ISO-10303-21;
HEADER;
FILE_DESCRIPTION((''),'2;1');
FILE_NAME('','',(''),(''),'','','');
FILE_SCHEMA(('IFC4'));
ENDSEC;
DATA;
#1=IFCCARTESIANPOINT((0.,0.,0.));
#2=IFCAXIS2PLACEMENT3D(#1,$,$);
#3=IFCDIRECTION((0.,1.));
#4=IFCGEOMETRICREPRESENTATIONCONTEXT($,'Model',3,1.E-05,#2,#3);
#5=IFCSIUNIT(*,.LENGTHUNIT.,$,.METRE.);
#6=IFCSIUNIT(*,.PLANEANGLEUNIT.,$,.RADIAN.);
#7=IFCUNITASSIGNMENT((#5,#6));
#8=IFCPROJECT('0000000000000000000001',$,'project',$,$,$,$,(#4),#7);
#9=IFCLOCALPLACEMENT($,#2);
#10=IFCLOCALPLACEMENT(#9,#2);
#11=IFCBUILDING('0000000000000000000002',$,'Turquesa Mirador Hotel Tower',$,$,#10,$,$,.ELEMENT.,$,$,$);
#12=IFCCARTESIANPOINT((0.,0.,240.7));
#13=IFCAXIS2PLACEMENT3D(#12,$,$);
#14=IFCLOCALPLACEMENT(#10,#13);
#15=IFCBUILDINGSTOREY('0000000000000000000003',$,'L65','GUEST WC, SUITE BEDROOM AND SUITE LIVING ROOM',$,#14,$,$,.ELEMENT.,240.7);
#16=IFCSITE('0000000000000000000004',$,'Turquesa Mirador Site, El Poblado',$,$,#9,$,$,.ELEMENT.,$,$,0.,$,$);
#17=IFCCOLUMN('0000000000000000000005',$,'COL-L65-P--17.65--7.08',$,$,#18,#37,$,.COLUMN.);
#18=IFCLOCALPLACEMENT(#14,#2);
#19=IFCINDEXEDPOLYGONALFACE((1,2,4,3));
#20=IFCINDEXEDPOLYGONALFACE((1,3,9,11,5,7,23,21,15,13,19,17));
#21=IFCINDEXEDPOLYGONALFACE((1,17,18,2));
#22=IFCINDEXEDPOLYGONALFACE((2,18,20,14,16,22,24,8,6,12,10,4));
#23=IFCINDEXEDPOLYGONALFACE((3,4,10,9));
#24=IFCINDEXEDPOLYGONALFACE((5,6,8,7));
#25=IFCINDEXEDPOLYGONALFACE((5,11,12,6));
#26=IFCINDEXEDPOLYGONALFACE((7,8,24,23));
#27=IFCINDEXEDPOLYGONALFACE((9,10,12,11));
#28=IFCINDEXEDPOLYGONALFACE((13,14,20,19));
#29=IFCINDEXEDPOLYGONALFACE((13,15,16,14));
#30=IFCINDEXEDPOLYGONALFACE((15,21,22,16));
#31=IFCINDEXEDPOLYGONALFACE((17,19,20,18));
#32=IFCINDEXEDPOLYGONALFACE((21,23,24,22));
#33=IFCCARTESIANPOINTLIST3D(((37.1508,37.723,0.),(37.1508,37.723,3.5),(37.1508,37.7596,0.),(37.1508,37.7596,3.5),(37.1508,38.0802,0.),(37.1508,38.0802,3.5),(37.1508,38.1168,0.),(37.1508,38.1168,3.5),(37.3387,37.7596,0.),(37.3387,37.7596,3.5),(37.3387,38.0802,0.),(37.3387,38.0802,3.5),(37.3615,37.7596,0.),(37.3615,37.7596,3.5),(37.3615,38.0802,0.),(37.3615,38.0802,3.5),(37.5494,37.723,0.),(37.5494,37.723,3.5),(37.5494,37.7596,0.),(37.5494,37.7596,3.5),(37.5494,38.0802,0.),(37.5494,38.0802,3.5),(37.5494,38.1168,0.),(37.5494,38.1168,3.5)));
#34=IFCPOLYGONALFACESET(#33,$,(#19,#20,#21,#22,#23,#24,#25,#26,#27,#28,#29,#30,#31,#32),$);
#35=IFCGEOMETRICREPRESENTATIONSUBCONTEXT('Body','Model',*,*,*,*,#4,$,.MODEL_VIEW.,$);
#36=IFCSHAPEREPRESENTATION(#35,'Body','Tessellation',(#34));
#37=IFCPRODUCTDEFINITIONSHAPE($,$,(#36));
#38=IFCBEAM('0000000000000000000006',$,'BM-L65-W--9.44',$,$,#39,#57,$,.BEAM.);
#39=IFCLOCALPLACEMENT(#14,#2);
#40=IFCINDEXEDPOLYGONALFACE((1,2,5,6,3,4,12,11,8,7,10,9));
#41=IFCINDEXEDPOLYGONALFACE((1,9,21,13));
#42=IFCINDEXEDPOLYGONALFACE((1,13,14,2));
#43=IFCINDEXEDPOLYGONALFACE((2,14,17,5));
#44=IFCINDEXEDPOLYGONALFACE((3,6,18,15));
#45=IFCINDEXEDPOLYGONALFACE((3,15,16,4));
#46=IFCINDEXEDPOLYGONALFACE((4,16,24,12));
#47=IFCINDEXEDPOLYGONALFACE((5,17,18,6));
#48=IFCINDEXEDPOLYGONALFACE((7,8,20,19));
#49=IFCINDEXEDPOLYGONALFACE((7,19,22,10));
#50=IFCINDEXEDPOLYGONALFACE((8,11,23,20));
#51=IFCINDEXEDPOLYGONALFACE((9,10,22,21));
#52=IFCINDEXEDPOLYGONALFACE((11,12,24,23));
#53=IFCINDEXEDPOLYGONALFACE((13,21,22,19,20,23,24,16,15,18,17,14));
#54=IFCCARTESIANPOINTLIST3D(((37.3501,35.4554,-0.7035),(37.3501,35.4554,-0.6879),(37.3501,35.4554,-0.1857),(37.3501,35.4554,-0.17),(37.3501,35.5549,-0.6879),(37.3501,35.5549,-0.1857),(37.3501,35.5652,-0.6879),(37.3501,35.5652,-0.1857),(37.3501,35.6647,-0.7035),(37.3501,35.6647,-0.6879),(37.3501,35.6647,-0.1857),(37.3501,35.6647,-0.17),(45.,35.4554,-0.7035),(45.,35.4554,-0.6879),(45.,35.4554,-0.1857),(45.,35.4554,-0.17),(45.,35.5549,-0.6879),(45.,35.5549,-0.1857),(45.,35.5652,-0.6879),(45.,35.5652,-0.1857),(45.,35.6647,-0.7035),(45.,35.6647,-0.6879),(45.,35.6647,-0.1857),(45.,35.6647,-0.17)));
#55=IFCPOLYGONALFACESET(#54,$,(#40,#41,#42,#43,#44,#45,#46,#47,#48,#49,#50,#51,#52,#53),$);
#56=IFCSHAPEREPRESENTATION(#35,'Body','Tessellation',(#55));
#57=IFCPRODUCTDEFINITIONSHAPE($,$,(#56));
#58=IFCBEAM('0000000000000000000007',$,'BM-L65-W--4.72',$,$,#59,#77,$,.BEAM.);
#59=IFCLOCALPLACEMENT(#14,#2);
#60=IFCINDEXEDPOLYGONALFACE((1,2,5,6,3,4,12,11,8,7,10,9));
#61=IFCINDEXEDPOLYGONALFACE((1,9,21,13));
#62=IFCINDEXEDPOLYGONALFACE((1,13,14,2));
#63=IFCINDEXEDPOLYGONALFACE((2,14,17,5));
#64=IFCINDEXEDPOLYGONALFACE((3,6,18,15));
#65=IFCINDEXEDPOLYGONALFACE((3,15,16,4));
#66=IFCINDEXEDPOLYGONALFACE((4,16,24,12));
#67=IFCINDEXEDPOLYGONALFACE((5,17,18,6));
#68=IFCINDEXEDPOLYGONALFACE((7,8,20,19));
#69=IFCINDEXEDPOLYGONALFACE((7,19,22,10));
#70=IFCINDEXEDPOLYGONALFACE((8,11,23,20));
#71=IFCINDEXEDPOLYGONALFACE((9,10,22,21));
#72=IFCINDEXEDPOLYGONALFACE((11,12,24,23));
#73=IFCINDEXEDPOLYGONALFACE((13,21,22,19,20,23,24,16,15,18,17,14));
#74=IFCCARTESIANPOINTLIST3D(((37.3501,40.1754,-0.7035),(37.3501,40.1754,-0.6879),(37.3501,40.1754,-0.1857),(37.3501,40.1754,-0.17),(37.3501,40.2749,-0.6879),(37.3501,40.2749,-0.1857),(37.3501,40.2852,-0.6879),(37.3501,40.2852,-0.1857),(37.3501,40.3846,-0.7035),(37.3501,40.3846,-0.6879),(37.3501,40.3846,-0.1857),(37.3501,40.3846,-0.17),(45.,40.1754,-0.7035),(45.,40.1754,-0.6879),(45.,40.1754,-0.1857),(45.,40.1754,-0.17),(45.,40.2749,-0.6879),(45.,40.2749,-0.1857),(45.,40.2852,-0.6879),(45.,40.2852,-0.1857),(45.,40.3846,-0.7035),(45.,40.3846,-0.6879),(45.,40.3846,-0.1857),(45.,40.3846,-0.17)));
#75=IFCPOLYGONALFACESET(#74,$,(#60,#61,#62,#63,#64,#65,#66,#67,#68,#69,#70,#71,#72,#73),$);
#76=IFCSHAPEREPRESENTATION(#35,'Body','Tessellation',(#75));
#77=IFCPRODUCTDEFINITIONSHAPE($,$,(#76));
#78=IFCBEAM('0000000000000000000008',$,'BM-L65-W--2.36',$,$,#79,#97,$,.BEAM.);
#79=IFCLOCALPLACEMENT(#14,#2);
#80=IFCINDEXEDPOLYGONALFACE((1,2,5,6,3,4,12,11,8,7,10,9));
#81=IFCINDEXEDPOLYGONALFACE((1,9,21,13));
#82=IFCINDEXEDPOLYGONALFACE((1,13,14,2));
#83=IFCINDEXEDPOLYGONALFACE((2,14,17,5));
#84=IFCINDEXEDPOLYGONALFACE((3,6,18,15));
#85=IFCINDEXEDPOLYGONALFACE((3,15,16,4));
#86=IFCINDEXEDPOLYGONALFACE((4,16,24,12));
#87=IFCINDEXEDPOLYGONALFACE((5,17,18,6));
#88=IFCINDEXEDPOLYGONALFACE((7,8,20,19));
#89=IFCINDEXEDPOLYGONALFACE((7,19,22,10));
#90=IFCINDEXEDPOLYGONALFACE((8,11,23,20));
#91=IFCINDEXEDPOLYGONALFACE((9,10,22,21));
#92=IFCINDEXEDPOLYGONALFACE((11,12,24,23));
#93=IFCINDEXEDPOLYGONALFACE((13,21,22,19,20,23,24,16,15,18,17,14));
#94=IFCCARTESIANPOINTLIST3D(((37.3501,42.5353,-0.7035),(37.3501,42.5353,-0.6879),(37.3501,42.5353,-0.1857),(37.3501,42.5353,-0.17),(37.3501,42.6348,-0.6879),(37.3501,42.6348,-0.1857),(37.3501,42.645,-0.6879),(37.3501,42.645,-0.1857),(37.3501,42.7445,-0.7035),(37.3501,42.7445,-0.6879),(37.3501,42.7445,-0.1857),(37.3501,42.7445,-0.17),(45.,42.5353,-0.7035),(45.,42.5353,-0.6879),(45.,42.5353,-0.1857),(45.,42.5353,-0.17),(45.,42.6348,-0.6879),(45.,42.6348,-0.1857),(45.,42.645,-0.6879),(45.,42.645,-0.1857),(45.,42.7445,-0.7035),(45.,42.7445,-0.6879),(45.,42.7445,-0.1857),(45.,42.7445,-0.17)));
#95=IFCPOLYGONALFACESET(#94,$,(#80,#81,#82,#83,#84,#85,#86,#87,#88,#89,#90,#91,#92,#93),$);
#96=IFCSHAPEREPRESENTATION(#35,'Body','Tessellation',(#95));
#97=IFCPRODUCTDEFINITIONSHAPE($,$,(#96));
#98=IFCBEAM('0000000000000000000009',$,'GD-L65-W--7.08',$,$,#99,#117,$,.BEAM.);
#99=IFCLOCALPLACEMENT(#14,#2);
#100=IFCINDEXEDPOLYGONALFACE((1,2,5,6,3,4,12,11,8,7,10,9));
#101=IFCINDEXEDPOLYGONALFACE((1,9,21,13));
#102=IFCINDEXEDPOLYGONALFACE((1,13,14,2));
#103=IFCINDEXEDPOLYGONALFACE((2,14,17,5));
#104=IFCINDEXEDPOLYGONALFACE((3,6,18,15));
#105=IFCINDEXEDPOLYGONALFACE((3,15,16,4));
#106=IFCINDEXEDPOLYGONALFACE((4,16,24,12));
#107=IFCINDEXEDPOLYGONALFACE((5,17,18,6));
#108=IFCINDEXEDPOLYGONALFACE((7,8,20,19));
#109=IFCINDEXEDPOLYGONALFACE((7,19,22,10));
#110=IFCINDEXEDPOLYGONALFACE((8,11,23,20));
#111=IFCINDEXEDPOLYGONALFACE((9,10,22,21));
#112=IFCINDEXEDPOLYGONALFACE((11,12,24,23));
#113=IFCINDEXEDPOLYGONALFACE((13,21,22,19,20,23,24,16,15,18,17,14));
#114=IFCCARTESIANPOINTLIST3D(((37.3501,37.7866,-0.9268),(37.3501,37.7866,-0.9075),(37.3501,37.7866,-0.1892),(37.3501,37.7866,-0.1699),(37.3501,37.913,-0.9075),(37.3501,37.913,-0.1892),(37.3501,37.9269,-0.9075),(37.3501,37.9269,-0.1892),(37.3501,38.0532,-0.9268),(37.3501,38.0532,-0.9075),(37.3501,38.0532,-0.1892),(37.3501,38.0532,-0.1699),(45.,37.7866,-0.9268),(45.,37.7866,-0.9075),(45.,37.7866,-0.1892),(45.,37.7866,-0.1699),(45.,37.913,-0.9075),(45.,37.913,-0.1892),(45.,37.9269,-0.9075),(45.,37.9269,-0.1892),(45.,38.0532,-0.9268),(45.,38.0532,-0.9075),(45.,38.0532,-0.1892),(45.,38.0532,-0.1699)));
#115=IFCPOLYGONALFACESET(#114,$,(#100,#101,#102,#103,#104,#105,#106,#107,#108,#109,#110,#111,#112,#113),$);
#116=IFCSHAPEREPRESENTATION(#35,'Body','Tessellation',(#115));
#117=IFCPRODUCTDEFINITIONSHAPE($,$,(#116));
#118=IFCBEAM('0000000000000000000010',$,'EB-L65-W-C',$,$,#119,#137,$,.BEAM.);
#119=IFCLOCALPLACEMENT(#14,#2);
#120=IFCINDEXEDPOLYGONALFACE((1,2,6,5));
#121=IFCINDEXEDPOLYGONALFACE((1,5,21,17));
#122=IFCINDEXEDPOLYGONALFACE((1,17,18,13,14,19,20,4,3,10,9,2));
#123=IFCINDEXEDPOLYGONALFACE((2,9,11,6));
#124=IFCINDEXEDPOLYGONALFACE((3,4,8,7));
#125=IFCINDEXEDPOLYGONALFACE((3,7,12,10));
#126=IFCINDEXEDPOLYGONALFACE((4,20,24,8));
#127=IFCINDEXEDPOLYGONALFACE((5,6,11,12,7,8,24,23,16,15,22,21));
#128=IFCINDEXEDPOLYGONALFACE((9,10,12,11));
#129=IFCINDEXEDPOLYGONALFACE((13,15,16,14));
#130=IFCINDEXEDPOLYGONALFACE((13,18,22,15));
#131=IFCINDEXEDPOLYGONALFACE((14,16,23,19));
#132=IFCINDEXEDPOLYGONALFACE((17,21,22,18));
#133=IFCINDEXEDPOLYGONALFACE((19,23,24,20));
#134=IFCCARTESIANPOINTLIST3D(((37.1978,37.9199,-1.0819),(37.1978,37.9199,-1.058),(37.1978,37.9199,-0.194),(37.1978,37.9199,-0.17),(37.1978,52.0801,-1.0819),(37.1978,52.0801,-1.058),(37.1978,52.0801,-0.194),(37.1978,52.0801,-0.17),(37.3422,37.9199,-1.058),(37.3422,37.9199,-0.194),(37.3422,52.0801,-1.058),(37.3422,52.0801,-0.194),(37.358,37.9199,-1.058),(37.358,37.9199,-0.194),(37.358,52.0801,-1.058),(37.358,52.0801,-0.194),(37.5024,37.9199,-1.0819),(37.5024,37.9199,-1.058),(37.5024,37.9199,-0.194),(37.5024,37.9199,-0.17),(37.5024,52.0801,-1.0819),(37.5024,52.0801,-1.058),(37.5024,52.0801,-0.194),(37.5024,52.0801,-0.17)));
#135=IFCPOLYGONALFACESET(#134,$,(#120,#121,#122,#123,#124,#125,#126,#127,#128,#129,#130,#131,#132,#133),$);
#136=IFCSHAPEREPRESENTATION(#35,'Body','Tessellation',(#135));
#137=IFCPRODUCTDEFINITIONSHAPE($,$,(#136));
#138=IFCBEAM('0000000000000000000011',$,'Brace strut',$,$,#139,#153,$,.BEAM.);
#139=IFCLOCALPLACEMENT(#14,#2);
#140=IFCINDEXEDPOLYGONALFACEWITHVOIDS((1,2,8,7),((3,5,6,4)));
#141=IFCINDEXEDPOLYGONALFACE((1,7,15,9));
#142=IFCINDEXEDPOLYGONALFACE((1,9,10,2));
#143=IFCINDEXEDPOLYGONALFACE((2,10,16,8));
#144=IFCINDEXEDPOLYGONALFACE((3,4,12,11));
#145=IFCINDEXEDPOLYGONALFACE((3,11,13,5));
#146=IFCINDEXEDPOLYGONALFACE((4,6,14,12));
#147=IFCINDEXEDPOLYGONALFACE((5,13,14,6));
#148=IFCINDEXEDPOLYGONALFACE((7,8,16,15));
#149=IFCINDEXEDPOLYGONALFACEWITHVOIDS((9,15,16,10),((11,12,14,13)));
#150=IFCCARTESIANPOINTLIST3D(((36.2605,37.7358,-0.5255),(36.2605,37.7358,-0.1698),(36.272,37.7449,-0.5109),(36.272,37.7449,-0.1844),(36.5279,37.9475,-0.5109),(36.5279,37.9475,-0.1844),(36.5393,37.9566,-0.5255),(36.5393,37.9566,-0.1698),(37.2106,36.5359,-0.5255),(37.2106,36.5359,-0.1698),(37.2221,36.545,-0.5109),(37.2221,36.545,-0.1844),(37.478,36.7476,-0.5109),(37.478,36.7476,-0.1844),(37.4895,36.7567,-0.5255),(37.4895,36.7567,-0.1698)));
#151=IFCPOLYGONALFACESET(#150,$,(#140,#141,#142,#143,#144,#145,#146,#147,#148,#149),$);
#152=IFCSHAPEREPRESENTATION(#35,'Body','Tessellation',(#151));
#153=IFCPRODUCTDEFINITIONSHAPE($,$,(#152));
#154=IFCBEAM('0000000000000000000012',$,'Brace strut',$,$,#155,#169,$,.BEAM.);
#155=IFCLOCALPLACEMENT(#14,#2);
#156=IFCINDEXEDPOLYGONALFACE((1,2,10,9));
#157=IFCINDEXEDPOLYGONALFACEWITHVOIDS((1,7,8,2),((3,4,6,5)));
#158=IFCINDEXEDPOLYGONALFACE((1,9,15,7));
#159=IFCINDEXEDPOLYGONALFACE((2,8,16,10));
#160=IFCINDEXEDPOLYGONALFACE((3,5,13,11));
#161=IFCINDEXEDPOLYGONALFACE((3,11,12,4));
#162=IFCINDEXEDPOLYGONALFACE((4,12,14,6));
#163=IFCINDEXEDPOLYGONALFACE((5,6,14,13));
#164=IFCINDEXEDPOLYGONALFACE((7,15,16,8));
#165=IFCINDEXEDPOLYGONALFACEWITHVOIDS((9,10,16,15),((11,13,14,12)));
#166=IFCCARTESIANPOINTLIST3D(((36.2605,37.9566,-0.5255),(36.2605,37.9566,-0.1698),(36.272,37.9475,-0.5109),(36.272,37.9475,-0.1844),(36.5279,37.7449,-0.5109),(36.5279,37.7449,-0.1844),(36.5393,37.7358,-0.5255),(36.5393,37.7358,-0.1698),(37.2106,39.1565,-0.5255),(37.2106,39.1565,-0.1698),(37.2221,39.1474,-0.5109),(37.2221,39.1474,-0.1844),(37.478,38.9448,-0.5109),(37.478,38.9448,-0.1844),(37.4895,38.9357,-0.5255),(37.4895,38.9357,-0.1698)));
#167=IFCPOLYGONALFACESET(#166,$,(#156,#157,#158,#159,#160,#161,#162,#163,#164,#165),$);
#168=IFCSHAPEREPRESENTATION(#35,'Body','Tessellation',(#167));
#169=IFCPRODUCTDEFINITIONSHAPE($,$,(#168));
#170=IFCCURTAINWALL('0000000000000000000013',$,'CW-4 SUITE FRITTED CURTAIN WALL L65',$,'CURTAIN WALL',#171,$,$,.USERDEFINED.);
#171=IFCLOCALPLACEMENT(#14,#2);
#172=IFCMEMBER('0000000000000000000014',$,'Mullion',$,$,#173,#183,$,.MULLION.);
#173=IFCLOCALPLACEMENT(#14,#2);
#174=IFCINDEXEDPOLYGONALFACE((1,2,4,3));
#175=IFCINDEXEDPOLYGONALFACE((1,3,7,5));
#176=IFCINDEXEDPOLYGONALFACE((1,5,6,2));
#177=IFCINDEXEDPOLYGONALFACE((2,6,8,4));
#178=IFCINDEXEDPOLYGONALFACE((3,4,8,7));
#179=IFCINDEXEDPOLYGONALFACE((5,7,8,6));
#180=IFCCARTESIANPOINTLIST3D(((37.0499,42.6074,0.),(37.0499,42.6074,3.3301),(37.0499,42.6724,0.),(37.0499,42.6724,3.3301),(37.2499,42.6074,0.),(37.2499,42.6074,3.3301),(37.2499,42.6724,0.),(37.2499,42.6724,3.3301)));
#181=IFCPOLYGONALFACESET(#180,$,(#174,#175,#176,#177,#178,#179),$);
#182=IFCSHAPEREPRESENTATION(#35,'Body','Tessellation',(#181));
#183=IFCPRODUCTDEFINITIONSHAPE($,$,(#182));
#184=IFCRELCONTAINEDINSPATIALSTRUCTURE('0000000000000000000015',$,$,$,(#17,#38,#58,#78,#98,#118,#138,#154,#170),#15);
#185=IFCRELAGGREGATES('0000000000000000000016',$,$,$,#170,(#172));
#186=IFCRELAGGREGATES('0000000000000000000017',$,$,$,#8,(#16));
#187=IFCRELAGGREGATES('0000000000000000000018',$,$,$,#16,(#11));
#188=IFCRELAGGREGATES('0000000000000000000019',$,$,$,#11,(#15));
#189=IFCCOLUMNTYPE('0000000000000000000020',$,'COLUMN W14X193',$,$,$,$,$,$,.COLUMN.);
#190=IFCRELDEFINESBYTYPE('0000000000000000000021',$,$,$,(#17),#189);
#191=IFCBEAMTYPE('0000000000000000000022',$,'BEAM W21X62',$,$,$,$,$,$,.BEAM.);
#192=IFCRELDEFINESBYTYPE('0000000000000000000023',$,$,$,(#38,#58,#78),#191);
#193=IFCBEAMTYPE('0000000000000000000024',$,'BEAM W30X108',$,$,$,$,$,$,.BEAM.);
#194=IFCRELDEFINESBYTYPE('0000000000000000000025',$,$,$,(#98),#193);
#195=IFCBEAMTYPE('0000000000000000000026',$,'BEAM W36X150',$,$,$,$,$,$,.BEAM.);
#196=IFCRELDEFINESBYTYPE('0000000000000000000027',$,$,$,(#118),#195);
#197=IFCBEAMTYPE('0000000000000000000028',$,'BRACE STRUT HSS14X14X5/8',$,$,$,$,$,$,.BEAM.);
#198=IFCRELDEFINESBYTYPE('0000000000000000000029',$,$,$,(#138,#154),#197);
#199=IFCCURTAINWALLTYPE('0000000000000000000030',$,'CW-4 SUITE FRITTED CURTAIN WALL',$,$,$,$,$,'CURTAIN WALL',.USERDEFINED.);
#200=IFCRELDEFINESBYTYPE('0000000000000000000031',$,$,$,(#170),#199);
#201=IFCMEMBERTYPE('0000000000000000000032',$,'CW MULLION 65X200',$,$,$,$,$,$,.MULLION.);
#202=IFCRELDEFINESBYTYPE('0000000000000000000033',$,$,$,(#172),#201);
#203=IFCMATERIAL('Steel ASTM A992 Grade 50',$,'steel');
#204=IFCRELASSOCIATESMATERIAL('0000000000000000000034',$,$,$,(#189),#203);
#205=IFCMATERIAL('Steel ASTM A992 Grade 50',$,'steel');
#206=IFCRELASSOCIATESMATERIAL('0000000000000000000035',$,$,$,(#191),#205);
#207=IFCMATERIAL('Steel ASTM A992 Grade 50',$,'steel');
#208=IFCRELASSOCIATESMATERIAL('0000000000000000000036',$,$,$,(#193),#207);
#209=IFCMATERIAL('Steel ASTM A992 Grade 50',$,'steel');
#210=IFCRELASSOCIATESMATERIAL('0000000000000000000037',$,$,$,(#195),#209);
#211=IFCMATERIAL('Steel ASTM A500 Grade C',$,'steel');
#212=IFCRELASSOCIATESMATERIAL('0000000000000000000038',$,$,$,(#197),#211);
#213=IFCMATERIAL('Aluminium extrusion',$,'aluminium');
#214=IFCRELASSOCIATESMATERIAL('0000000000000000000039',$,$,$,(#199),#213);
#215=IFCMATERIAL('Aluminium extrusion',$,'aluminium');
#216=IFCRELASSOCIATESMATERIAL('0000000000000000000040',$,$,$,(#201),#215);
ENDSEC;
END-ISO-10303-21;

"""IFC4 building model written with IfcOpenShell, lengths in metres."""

from ifc_helpers import new_model, si_unit, direction, frame, origin, origin_2d, place, context, subcontext, project, spatial, rectangle, hollow_rectangle, i_section, extrude, material, material_profile, profile_set, type_object, element, aggregate, save


model = new_model("IFC4")

# Units and contexts
model_context = context("Model", 3, precision=1e-05, world=origin(), true_north=direction((0.0, 1.0)))
body_context = subcontext(model_context, "Body", "Model", "MODEL_VIEW")
ifc_project = project(units=[si_unit("LENGTHUNIT", "METRE"), si_unit("PLANEANGLEUNIT", "RADIAN")], contexts=[model_context])

# Site, building, storey
site_placement = place(None, origin())
site = spatial("IfcSite", under=ifc_project, at=site_placement, Name="Turquesa Mirador Site, El Poblado", CompositionType="ELEMENT", RefElevation=0.0)
building_placement = place(site_placement, origin())
building = spatial("IfcBuilding", under=site, at=building_placement, Name="Turquesa Mirador Hotel Tower", CompositionType="ELEMENT")
storey_placement = place(building_placement, frame((0.0, 0.0, 240.7)))
storey = spatial("IfcBuildingStorey", under=building, at=storey_placement, Name="L65", Description="GUEST WC, SUITE BEDROOM AND SUITE LIVING ROOM", CompositionType="ELEMENT", Elevation=240.7)

# Column
ifc_material_1 = material(Name="Steel ASTM A992 Grade 50", Category="steel")
ifc_material_profile_1 = material_profile(ifc_material_1, i_section(OverallWidth=0.3987, OverallDepth=0.3938, WebThickness=0.0227, FlangeThickness=0.0366, at=origin_2d()), Name="W14X193")
ifc_profile_set_1 = profile_set([ifc_material_profile_1], Name="Steel ASTM A992 Grade 50")
column_type = type_object("IfcColumnType", Name="COLUMN W14X193", PredefinedType="COLUMN", material=ifc_profile_set_1)
column_placement = place(storey_placement, frame((37.3501, 37.9199, 0.0), z_axis=(0.0, 0.0, 1.0), x_axis=(1.0, 0.0, 0.0)))
element("IfcColumn", 1, at=column_placement, inside=storey, type_object=column_type, Name="COL-L65-P--17.65--7.08", PredefinedType="COLUMN", context=body_context, shape_type="SweptSolid", body=[
    extrude(i_section(OverallWidth=0.3987, OverallDepth=0.3938, WebThickness=0.0227, FlangeThickness=0.0366, at=origin_2d()), origin(), (0.0, 0.0, 1.0), 3.5),
])

# Beams
ifc_material_2 = material(Name="Steel ASTM A992 Grade 50", Category="steel")
ifc_material_profile_2 = material_profile(ifc_material_2, i_section(OverallWidth=0.2092, OverallDepth=0.5334, WebThickness=0.0103, FlangeThickness=0.0156, at=origin_2d()), Name="W21X62")
ifc_profile_set_2 = profile_set([ifc_material_profile_2], Name="Steel ASTM A992 Grade 50")
beam_type_1 = type_object("IfcBeamType", Name="BEAM W21X62", PredefinedType="BEAM", material=ifc_profile_set_2)
for number, where, z_axis, x_axis, name in (
    (2, (37.3501, 35.5601, -0.4368), (1.0, 0.0, 0.0), (0.0, 1.0, 0.0), "BM-L65-W--9.44"),
    (3, (37.3501, 40.28, -0.4368), (1.0, 0.0, 0.0), (0.0, 1.0, 0.0), "BM-L65-W--4.72"),
    (4, (37.3501, 42.6399, -0.4368), (1.0, 0.0, 0.0), (0.0, 1.0, 0.0), "BM-L65-W--2.36"),
):
    element("IfcBeam", number, at=place(storey_placement, frame(where, z_axis=z_axis, x_axis=x_axis)), inside=storey, type_object=beam_type_1, Name=name, PredefinedType="BEAM", context=body_context, shape_type="SweptSolid", body=[
        extrude(i_section(OverallWidth=0.2092, OverallDepth=0.5334, WebThickness=0.0103, FlangeThickness=0.0156, at=origin_2d()), origin(), (0.0, 0.0, 1.0), 7.6499),
    ])
ifc_material_3 = material(Name="Steel ASTM A992 Grade 50", Category="steel")
ifc_material_profile_3 = material_profile(ifc_material_3, i_section(OverallWidth=0.2666, OverallDepth=0.7568, WebThickness=0.0139, FlangeThickness=0.0193, at=origin_2d()), Name="W30X108")
ifc_profile_set_3 = profile_set([ifc_material_profile_3], Name="Steel ASTM A992 Grade 50")
beam_type_2 = type_object("IfcBeamType", Name="BEAM W30X108", PredefinedType="BEAM", material=ifc_profile_set_3)
beam_1_placement = place(storey_placement, frame((37.3501, 37.9199, -0.5483), z_axis=(1.0, 0.0, 0.0), x_axis=(0.0, 1.0, 0.0)))
element("IfcBeam", 5, at=beam_1_placement, inside=storey, type_object=beam_type_2, Name="GD-L65-W--7.08", PredefinedType="BEAM", context=body_context, shape_type="SweptSolid", body=[
    extrude(i_section(OverallWidth=0.2666, OverallDepth=0.7568, WebThickness=0.0139, FlangeThickness=0.0193, at=origin_2d()), origin(), (0.0, 0.0, 1.0), 7.6499),
])
ifc_material_4 = material(Name="Steel ASTM A992 Grade 50", Category="steel")
ifc_material_profile_4 = material_profile(ifc_material_4, i_section(OverallWidth=0.3047, OverallDepth=0.9119, WebThickness=0.0159, FlangeThickness=0.0239, at=origin_2d()), Name="W36X150")
ifc_profile_set_4 = profile_set([ifc_material_profile_4], Name="Steel ASTM A992 Grade 50")
beam_type_3 = type_object("IfcBeamType", Name="BEAM W36X150", PredefinedType="BEAM", material=ifc_profile_set_4)
beam_2_placement = place(storey_placement, frame((37.3501, 37.9199, -0.626), z_axis=(0.0, 1.0, 0.0), x_axis=(-1.0, 0.0, 0.0)))
element("IfcBeam", 6, at=beam_2_placement, inside=storey, type_object=beam_type_3, Name="EB-L65-W-C", PredefinedType="BEAM", context=body_context, shape_type="SweptSolid", body=[
    extrude(i_section(OverallWidth=0.3047, OverallDepth=0.9119, WebThickness=0.0159, FlangeThickness=0.0239, at=origin_2d()), origin(), (0.0, 0.0, 1.0), 14.1602),
])
ifc_material_5 = material(Name="Steel ASTM A500 Grade C", Category="steel")
ifc_material_profile_5 = material_profile(ifc_material_5, hollow_rectangle(XDim=0.3557, YDim=0.3557, WallThickness=0.0146, at=origin_2d()), Name="HSS14X14X5/8")
ifc_profile_set_5 = profile_set([ifc_material_profile_5], Name="Steel ASTM A500 Grade C")
beam_type_4 = type_object("IfcBeamType", Name="BRACE STRUT HSS14X14X5/8", PredefinedType="BEAM", material=ifc_profile_set_5)
for number, where, z_axis, x_axis, name in (
    (7, (36.3999, 37.8462, -0.3477), (0.620797, -0.783971, 0.0), (0.783971, 0.620797, 0.0), "Brace strut"),
    (8, (36.3999, 37.8462, -0.3477), (0.620797, 0.783971, 0.0), (-0.783971, 0.620797, 0.0), "Brace strut"),
):
    element("IfcBeam", number, at=place(storey_placement, frame(where, z_axis=z_axis, x_axis=x_axis)), inside=storey, type_object=beam_type_4, Name=name, PredefinedType="BEAM", context=body_context, shape_type="SweptSolid", body=[
        extrude(hollow_rectangle(XDim=0.3557, YDim=0.3557, WallThickness=0.0146, at=origin_2d()), origin(), (0.0, 0.0, 1.0), 1.5305),
    ])

# Curtain wall, member
ifc_material_6 = material(Name="Aluminium extrusion", Category="aluminium")
curtain_wall_type = type_object("IfcCurtainWallType", Name="CW-4 SUITE FRITTED CURTAIN WALL", ElementType="CURTAIN WALL", PredefinedType="USERDEFINED", material=ifc_material_6)
curtain_wall_1_placement = place(storey_placement, origin())
curtain_wall_1 = element("IfcCurtainWall", 9, at=curtain_wall_1_placement, inside=storey, type_object=curtain_wall_type, Name="CW-4 SUITE FRITTED CURTAIN WALL L65", ObjectType="CURTAIN WALL", PredefinedType="USERDEFINED")
ifc_material_7 = material(Name="Aluminium extrusion", Category="aluminium")
ifc_material_profile_6 = material_profile(ifc_material_7, rectangle(XDim=0.0649, YDim=0.2, at=origin_2d()), Name="MULLION 65X200")
ifc_profile_set_6 = profile_set([ifc_material_profile_6], Name="Aluminium extrusion")
member_type_1 = type_object("IfcMemberType", Name="CW MULLION 65X200", PredefinedType="MULLION", material=ifc_profile_set_6)
member_1_placement = place(storey_placement, frame((37.1499, 42.6399, 0.0), z_axis=(0.0, 0.0, 1.0), x_axis=(0.0, -1.0, 0.0)))
member_1 = element("IfcMember", 10, at=member_1_placement, type_object=member_type_1, Name="Mullion", PredefinedType="MULLION", context=body_context, shape_type="SweptSolid", body=[
    extrude(rectangle(XDim=0.0649, YDim=0.2, at=origin_2d()), origin(), (0.0, 0.0, 1.0), 3.3301),
])

aggregate(curtain_wall_1, [member_1])

save(model, "model.ifc")
